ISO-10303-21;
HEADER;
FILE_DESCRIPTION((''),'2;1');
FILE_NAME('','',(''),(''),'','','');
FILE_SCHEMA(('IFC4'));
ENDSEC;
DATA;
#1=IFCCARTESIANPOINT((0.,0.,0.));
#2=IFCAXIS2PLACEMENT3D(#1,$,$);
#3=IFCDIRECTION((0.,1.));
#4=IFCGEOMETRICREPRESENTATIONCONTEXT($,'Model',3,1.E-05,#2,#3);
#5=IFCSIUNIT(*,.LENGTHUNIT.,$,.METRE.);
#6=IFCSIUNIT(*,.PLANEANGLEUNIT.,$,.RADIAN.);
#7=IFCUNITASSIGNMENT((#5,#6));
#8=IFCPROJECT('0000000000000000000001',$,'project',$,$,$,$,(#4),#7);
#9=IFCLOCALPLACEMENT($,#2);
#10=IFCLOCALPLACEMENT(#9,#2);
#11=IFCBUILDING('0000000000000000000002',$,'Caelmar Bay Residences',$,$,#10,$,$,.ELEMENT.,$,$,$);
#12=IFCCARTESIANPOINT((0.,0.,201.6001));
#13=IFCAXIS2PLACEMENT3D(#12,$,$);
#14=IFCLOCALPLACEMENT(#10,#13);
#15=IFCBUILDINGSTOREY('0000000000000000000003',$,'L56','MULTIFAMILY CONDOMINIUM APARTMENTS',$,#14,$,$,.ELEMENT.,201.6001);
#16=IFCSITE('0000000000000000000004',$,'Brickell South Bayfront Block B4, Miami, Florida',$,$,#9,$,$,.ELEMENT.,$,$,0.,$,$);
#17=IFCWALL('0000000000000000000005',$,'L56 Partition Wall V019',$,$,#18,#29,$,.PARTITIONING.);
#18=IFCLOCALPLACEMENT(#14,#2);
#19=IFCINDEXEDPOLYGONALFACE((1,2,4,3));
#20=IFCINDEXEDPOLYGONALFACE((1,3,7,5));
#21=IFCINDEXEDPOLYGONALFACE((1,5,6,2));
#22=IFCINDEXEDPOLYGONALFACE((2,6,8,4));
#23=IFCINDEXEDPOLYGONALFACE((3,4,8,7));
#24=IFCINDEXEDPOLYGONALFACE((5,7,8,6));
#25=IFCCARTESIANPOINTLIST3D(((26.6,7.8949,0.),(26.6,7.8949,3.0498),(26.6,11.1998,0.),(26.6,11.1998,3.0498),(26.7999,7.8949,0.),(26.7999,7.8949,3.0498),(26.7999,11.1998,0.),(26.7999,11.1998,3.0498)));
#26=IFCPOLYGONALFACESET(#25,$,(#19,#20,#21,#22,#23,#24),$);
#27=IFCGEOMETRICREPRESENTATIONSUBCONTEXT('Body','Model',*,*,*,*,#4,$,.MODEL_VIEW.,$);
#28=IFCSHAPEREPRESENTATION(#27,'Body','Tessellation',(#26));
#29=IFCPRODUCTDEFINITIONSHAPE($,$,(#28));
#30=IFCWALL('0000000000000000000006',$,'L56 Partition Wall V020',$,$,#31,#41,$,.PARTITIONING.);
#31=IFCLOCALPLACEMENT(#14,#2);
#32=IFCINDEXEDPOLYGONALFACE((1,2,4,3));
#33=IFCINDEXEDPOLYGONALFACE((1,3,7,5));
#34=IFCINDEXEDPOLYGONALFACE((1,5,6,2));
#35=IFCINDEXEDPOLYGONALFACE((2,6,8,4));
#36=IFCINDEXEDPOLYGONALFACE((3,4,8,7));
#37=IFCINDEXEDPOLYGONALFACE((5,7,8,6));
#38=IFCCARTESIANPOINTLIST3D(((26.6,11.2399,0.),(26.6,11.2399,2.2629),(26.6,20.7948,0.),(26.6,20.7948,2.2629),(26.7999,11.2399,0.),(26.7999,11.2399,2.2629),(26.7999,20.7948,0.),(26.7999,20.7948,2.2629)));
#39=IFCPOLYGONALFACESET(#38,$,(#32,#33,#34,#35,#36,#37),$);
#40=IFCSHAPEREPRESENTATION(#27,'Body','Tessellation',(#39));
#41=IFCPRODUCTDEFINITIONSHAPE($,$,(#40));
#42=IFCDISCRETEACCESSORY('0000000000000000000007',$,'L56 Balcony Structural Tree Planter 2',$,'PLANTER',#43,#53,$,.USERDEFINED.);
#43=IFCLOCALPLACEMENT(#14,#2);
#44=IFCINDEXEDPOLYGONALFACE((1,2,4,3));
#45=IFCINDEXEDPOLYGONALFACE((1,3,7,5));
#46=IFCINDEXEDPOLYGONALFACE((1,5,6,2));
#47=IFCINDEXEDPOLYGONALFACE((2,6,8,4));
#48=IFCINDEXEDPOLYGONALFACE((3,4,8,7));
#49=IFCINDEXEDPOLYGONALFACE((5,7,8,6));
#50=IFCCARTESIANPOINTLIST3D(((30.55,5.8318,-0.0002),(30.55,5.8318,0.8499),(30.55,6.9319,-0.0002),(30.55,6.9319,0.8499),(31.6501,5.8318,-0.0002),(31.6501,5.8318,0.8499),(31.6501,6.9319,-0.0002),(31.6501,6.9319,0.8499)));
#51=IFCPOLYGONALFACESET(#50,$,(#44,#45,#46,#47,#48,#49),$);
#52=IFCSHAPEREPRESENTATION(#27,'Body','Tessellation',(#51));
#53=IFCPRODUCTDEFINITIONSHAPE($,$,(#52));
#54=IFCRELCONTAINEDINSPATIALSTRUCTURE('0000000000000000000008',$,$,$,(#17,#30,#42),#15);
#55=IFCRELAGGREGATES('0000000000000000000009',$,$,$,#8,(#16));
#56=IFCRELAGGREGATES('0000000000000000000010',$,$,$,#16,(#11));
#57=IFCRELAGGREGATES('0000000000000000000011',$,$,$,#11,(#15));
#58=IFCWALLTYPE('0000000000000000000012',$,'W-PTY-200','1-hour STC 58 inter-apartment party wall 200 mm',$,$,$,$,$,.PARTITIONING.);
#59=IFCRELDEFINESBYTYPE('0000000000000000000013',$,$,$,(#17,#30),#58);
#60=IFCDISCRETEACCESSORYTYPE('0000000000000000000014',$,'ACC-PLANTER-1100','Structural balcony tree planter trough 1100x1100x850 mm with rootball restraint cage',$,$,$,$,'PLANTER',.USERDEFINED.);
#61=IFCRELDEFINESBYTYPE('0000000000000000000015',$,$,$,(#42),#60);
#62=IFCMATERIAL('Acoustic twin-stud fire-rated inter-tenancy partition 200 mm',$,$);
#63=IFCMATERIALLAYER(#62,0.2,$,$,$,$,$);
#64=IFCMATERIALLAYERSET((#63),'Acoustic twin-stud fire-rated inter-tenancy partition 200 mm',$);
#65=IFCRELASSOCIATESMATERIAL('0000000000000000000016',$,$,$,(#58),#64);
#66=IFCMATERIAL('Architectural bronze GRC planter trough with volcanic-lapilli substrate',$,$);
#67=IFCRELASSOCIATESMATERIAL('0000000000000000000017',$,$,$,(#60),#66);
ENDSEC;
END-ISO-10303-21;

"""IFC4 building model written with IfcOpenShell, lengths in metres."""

from ifc_helpers import new_model, si_unit, direction, frame, frame_2d, origin, origin_2d, place, context, subcontext, project, spatial, rectangle, extrude, material, layer, layer_set, type_object, element, save


model = new_model("IFC4")

# Units and contexts
model_context = context("Model", 3, precision=1e-05, world=origin(), true_north=direction((0.0, 1.0)))
body_context = subcontext(model_context, "Body", "Model", "MODEL_VIEW")
ifc_project = project(units=[si_unit("LENGTHUNIT", "METRE"), si_unit("PLANEANGLEUNIT", "RADIAN")], contexts=[model_context])

# Site, building, storey
site_placement = place(None, origin())
site = spatial("IfcSite", under=ifc_project, at=site_placement, Name="Brickell South Bayfront Block B4, Miami, Florida", CompositionType="ELEMENT", RefElevation=0.0)
building_placement = place(site_placement, origin())
building = spatial("IfcBuilding", under=site, at=building_placement, Name="Caelmar Bay Residences", CompositionType="ELEMENT")
storey_placement = place(building_placement, frame((0.0, 0.0, 201.6001)))
storey = spatial("IfcBuildingStorey", under=building, at=storey_placement, Name="L56", Description="MULTIFAMILY CONDOMINIUM APARTMENTS", CompositionType="ELEMENT", Elevation=201.6001)

# Walls
ifc_material_1 = material(Name="Acoustic twin-stud fire-rated inter-tenancy partition 200 mm")
ifc_layer_1 = layer(ifc_material_1, 0.2)
ifc_layer_set_1 = layer_set([ifc_layer_1], Name="Acoustic twin-stud fire-rated inter-tenancy partition 200 mm")
wall_type_1 = type_object("IfcWallType", Name="W-PTY-200", Description="1-hour STC 58 inter-apartment party wall 200 mm", PredefinedType="PARTITIONING", material=ifc_layer_set_1)
wall_1_placement = place(storey_placement, frame((26.7, 7.895, 0.0), z_axis=(0.0, 0.0, 1.0), x_axis=(0.0, 1.0, 0.0)))
element("IfcWall", 1, at=wall_1_placement, inside=storey, type_object=wall_type_1, Name="L56 Partition Wall V019", PredefinedType="PARTITIONING", context=body_context, shape_type="SweptSolid", body=[
    extrude(rectangle(XDim=3.3049, YDim=0.2, at=frame_2d((1.6523, 0.0))), origin(), (0.0, 0.0, 1.0), 3.0498),
])
wall_2_placement = place(storey_placement, frame((26.7, 11.24, 0.0), z_axis=(0.0, 0.0, 1.0), x_axis=(0.0, 1.0, 0.0)))
element("IfcWall", 2, at=wall_2_placement, inside=storey, type_object=wall_type_1, Name="L56 Partition Wall V020", PredefinedType="PARTITIONING", context=body_context, shape_type="SweptSolid", body=[
    extrude(rectangle(XDim=9.5549, YDim=0.2, at=frame_2d((4.7773, 0.0))), origin(), (0.0, 0.0, 1.0), 2.2629),
])

# Discrete accessory
ifc_material_2 = material(Name="Architectural bronze GRC planter trough with volcanic-lapilli substrate")
discrete_accessory_type = type_object("IfcDiscreteAccessoryType", Name="ACC-PLANTER-1100", Description="Structural balcony tree planter trough 1100x1100x850 mm with rootball restraint cage", ElementType="PLANTER", PredefinedType="USERDEFINED", material=ifc_material_2)
discrete_accessory_placement = place(storey_placement, frame((31.1001, 6.3818, -0.0002), z_axis=(0.0, 0.0, 1.0), x_axis=(1.0, 0.0, 0.0)))
element("IfcDiscreteAccessory", 3, at=discrete_accessory_placement, inside=storey, type_object=discrete_accessory_type, Name="L56 Balcony Structural Tree Planter 2", ObjectType="PLANTER", PredefinedType="USERDEFINED", context=body_context, shape_type="SweptSolid", body=[
    extrude(rectangle(XDim=1.1001, YDim=1.1001, at=origin_2d()), origin(), (0.0, 0.0, 1.0), 0.8501),
])

save(model, "model.ifc")
